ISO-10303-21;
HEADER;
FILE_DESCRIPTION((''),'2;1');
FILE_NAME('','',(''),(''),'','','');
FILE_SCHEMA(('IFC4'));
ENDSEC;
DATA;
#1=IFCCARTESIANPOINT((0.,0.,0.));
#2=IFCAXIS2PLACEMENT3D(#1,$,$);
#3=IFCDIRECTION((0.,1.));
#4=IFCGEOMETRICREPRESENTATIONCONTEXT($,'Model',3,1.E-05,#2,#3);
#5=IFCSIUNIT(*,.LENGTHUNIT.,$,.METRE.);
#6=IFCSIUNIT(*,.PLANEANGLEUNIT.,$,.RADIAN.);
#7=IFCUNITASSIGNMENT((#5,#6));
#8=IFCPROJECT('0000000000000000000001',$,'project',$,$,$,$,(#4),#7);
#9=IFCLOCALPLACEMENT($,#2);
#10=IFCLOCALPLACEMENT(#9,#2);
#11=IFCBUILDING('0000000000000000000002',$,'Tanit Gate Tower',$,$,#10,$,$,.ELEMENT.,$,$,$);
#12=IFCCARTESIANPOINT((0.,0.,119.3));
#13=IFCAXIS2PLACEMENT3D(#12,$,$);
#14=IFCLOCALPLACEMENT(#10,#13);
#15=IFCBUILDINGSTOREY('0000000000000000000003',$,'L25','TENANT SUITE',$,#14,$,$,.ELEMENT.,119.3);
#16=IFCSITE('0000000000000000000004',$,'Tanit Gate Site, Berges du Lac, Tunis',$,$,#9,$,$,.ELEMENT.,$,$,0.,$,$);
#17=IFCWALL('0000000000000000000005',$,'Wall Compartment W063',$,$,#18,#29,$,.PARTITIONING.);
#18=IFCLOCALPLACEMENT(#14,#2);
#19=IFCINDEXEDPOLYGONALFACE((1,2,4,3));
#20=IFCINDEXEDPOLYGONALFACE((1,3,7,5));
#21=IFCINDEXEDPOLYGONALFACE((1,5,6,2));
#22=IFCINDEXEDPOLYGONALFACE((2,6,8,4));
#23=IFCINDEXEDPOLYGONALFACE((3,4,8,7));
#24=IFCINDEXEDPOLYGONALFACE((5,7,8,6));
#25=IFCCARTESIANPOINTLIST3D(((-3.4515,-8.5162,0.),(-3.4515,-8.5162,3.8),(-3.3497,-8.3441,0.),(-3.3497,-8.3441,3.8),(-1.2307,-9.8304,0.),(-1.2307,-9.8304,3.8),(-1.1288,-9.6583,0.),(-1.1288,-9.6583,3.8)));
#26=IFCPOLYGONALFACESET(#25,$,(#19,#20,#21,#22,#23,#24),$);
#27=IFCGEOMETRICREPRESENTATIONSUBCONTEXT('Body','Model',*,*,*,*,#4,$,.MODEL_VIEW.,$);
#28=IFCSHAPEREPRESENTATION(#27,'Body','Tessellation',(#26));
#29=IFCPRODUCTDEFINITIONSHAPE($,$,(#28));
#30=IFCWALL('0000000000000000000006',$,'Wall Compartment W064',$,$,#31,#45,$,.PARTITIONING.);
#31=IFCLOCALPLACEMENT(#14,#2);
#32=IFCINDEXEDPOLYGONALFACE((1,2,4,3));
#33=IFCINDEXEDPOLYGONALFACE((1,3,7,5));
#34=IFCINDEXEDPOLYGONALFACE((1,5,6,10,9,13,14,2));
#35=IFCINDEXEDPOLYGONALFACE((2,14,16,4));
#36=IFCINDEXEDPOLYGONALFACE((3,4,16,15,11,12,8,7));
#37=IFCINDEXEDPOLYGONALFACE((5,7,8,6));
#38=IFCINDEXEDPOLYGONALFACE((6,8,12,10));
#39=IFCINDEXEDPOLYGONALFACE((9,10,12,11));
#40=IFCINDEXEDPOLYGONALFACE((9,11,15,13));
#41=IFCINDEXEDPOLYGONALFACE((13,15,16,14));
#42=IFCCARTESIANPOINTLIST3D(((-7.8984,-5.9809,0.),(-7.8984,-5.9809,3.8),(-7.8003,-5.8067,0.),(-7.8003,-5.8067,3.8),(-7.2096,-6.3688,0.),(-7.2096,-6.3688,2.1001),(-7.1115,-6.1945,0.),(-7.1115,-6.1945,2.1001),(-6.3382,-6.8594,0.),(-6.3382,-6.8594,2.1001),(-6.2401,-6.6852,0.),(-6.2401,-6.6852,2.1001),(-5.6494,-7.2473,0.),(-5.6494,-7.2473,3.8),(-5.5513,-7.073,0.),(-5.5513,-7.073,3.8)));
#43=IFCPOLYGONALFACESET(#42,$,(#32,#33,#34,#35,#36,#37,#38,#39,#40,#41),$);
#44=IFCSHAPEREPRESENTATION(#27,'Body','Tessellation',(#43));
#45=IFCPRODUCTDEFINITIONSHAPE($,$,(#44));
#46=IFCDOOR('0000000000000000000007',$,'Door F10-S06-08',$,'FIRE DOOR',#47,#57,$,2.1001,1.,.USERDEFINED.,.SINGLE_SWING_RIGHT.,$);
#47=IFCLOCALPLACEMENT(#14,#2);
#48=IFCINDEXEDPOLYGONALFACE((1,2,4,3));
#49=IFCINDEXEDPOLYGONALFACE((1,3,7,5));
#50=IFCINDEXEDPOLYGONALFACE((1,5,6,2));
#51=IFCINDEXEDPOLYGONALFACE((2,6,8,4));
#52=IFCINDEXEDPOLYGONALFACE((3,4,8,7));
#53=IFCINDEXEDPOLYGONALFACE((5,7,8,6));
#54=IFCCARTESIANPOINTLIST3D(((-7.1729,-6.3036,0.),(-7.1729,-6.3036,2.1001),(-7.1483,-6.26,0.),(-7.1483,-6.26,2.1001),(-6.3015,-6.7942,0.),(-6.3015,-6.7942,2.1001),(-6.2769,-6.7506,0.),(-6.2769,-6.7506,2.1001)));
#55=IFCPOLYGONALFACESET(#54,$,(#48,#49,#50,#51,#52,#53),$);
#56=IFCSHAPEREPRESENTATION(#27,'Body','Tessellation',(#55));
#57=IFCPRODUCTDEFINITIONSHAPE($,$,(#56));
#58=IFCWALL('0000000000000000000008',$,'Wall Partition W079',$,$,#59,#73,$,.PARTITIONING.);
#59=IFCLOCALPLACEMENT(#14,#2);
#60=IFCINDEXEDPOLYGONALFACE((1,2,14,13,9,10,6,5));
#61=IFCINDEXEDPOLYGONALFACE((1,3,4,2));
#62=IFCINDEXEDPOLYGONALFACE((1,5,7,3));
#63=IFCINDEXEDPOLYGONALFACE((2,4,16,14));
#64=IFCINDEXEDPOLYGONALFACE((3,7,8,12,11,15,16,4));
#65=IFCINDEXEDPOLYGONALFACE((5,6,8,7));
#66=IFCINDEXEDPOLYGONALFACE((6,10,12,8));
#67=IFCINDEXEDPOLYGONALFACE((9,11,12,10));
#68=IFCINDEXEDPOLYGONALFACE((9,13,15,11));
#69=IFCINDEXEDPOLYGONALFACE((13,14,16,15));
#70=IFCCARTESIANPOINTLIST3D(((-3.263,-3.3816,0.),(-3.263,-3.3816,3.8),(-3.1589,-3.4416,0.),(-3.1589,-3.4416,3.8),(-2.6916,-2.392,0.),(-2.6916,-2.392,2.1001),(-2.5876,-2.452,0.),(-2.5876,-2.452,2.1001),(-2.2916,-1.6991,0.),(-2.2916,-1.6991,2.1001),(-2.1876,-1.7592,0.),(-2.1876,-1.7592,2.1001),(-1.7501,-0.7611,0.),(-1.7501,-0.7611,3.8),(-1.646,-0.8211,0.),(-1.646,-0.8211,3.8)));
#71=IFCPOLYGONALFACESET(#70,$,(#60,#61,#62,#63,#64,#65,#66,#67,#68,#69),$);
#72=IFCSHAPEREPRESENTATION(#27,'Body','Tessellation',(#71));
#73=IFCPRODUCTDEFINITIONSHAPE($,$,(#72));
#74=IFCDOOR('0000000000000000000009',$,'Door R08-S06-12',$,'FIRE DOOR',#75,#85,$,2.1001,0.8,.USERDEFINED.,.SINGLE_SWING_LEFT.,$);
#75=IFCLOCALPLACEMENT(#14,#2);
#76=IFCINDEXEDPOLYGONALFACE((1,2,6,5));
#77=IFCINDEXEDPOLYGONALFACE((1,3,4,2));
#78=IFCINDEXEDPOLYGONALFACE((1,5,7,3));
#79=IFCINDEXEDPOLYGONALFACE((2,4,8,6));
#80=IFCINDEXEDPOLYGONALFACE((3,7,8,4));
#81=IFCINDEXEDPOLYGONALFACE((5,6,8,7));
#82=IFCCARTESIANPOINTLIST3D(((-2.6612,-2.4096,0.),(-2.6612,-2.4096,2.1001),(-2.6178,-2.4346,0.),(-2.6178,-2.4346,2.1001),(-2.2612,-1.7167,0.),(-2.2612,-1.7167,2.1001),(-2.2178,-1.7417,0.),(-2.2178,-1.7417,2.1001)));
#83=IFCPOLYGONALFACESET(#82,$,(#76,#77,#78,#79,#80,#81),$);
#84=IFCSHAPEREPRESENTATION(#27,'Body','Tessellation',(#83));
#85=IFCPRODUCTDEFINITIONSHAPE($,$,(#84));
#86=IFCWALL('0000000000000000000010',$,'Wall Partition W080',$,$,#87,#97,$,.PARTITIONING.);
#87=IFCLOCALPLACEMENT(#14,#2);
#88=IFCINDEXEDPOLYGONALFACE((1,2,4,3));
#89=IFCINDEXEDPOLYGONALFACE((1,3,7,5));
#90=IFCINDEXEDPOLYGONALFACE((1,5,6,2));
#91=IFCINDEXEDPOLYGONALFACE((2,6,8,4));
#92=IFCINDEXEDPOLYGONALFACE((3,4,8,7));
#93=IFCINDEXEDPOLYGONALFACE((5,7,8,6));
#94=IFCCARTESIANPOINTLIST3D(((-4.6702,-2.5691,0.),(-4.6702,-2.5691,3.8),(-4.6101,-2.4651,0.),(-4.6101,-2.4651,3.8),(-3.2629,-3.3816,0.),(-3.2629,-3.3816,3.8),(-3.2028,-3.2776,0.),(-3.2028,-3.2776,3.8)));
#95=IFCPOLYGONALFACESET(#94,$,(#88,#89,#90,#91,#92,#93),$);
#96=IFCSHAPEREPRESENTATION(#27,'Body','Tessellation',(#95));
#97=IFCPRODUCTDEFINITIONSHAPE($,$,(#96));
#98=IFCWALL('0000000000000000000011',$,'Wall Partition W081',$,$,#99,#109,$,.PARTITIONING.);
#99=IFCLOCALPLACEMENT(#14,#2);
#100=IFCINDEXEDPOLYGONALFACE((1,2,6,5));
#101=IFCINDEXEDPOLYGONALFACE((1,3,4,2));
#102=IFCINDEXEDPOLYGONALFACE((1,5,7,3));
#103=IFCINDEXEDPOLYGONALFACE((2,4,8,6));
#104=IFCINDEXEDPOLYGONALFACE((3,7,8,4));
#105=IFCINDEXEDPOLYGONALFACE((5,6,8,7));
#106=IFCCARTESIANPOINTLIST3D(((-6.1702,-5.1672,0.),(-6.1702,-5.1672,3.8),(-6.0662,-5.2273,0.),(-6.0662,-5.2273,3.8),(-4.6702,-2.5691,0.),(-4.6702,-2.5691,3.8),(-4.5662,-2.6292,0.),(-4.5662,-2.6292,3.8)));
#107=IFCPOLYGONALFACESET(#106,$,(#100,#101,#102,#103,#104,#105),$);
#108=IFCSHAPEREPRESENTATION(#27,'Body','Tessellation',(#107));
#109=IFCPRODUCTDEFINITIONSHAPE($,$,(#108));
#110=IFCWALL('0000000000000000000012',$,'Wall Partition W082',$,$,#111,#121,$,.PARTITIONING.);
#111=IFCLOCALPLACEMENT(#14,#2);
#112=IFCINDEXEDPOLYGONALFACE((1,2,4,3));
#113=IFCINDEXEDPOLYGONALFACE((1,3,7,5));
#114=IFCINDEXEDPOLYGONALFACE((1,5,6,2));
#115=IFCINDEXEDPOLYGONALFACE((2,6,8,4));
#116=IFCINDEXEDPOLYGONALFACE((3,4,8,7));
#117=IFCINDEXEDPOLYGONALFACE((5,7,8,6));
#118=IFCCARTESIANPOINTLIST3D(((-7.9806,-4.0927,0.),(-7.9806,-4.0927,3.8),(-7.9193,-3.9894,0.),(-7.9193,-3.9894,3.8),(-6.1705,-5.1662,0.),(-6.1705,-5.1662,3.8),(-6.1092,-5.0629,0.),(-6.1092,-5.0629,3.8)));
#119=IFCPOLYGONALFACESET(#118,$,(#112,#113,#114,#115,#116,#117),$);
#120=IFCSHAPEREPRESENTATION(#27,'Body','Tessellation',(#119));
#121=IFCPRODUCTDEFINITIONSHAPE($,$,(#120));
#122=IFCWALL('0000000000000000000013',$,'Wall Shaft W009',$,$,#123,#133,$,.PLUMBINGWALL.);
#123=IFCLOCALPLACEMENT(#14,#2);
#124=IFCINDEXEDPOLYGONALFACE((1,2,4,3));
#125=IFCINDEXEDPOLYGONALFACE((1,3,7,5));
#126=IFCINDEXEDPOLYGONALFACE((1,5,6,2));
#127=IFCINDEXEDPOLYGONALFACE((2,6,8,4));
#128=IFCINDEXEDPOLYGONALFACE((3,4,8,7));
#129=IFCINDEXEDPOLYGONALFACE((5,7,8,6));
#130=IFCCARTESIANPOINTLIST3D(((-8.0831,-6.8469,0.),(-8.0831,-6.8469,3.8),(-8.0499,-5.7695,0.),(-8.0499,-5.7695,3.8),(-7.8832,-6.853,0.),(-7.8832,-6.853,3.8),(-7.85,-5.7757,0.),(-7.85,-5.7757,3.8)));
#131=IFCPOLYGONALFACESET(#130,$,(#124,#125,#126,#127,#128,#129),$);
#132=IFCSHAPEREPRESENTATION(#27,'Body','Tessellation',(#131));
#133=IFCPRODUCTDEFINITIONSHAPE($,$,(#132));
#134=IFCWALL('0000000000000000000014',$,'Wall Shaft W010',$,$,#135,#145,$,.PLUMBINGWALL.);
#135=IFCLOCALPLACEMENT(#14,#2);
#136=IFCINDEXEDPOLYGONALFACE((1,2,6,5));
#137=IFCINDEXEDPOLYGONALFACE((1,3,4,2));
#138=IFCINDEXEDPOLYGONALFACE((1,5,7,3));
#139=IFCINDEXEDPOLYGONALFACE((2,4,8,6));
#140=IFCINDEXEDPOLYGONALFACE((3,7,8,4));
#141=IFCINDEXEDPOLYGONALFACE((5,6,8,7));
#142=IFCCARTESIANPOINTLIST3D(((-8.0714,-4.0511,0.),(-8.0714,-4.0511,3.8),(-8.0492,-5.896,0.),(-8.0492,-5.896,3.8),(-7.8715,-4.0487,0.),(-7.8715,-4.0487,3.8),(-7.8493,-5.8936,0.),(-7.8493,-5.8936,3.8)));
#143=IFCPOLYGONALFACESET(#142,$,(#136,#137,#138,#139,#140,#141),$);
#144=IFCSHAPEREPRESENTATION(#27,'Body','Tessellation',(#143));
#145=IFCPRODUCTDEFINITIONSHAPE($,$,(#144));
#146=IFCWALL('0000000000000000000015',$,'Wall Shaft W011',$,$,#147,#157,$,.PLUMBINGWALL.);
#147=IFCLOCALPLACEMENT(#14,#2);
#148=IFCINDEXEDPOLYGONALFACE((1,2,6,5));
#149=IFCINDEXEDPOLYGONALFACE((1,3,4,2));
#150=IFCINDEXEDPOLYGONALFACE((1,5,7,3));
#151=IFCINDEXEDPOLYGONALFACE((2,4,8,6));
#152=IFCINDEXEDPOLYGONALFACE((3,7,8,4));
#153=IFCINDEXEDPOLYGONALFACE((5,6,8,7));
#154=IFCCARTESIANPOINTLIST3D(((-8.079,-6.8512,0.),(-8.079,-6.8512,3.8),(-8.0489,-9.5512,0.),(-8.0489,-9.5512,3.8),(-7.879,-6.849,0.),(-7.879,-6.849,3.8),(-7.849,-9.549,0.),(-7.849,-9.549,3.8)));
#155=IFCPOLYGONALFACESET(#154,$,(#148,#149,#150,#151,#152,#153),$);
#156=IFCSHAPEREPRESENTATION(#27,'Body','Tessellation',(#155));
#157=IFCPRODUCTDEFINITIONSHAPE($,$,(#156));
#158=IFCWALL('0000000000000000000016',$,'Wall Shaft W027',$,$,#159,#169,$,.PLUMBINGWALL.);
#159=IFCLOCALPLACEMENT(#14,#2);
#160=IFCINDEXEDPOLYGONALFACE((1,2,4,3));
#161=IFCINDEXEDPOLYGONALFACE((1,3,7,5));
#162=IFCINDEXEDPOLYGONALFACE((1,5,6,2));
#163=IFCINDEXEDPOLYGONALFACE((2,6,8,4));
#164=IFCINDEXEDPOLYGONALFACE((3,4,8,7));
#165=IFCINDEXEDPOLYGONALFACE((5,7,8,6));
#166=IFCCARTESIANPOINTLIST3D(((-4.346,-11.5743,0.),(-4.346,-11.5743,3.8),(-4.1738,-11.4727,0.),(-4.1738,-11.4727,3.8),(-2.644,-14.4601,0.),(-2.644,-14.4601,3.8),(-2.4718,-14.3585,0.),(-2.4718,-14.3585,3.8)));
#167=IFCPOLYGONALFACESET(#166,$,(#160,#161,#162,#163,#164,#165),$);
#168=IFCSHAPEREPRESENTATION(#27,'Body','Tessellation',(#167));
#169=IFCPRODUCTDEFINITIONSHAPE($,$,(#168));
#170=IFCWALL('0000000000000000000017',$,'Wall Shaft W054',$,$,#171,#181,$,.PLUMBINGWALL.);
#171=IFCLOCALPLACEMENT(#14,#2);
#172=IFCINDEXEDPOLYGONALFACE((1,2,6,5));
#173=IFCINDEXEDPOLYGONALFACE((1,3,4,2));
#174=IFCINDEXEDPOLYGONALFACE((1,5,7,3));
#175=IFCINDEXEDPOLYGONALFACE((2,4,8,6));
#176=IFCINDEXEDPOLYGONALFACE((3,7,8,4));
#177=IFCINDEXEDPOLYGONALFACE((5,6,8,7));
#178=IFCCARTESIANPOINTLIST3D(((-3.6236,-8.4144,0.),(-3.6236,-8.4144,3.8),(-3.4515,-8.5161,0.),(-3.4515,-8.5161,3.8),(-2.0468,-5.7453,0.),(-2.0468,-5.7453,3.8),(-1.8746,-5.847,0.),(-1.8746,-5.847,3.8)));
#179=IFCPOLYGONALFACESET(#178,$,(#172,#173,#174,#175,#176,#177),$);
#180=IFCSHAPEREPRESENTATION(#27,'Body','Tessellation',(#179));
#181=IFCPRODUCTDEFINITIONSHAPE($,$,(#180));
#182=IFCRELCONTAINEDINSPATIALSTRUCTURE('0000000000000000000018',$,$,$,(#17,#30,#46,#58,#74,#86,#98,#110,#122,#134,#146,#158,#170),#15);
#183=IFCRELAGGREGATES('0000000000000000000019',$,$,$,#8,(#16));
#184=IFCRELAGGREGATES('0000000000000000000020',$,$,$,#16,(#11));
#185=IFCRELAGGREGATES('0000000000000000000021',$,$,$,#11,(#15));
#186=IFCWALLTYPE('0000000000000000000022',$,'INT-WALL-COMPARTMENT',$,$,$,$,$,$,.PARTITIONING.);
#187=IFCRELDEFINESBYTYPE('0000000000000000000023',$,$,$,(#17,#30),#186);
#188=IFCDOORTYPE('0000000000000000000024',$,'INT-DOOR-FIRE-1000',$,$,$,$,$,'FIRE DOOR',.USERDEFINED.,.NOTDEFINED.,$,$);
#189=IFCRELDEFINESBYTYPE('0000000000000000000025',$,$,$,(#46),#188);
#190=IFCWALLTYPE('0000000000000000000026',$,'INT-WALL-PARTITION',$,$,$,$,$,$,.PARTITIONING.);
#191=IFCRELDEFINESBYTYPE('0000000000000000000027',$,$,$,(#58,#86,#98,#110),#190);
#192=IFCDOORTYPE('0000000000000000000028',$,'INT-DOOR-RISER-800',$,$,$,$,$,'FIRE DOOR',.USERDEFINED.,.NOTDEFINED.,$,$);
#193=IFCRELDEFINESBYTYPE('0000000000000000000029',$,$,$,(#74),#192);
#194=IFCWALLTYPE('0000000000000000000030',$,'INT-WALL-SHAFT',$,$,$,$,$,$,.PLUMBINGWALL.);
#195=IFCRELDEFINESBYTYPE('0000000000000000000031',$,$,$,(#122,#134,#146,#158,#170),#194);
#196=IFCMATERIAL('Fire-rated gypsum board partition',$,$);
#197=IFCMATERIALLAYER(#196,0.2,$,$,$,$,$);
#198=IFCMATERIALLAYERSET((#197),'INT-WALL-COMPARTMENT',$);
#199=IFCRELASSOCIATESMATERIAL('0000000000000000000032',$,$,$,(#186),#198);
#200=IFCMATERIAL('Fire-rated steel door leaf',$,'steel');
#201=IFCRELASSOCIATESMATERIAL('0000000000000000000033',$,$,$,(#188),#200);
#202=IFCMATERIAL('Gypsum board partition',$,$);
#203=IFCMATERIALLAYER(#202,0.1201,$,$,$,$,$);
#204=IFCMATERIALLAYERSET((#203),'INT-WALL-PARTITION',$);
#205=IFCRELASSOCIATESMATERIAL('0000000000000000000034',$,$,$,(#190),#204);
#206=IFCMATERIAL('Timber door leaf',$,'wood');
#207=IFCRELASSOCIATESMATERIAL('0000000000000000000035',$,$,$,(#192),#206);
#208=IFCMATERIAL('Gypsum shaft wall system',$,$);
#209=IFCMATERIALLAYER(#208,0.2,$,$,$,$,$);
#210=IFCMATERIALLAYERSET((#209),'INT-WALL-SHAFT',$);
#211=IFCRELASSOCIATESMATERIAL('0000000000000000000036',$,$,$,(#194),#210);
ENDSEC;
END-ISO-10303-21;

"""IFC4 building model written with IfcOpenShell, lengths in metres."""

from ifc_helpers import new_model, si_unit, direction, frame, frame_2d, origin, place, context, subcontext, project, spatial, rectangle, extrude, material, layer, layer_set, type_object, element, fill, save


model = new_model("IFC4")

# Units and contexts
model_context = context("Model", 3, precision=1e-05, world=origin(), true_north=direction((0.0, 1.0)))
body_context = subcontext(model_context, "Body", "Model", "MODEL_VIEW")
ifc_project = project(units=[si_unit("LENGTHUNIT", "METRE"), si_unit("PLANEANGLEUNIT", "RADIAN")], contexts=[model_context])

# Site, building, storey
site_placement = place(None, origin())
site = spatial("IfcSite", under=ifc_project, at=site_placement, Name="Tanit Gate Site, Berges du Lac, Tunis", CompositionType="ELEMENT", RefElevation=0.0)
building_placement = place(site_placement, origin())
building = spatial("IfcBuilding", under=site, at=building_placement, Name="Tanit Gate Tower", CompositionType="ELEMENT")
storey_placement = place(building_placement, frame((0.0, 0.0, 119.3)))
storey = spatial("IfcBuildingStorey", under=building, at=storey_placement, Name="L25", Description="TENANT SUITE", CompositionType="ELEMENT", Elevation=119.3)

# Wall
ifc_material_1 = material(Name="Fire-rated gypsum board partition")
ifc_layer_1 = layer(ifc_material_1, 0.2)
ifc_layer_set_1 = layer_set([ifc_layer_1], Name="INT-WALL-COMPARTMENT")
wall_type_1 = type_object("IfcWallType", Name="INT-WALL-COMPARTMENT", PredefinedType="PARTITIONING", material=ifc_layer_set_1)
wall_1_placement = place(storey_placement, frame((-3.4006, -8.4302, 0.0), z_axis=(0.0, 0.0, 1.0), x_axis=(0.860616, -0.509255, 0.0)))
element("IfcWall", 1, at=wall_1_placement, inside=storey, type_object=wall_type_1, Name="Wall Compartment W063", PredefinedType="PARTITIONING", context=body_context, shape_type="SweptSolid", body=[
    extrude(rectangle(XDim=2.5806, YDim=0.2, at=frame_2d((1.2903, 0.0))), origin(), (0.0, 0.0, 1.0), 3.8),
])

# Walls, openings, doors
wall_2_placement = place(storey_placement, frame((-7.8494, -5.8938, 0.0), z_axis=(0.0, 0.0, 1.0), x_axis=(0.871363, -0.490638, 0.0)))
wall_2 = element("IfcWall", 2, at=wall_2_placement, inside=storey, type_object=wall_type_1, Name="Wall Compartment W064", PredefinedType="PARTITIONING", context=body_context, shape_type="SweptSolid", body=[
    extrude(rectangle(XDim=2.5811, YDim=0.2, at=frame_2d((1.2905, 0.0))), origin(), (0.0, 0.0, 1.0), 3.8),
])
opening_1_placement = place(wall_2_placement, frame((0.7905, 0.0, 0.0)))
opening_1 = element("IfcOpeningElement", 3, at=opening_1_placement, cuts=wall_2, PredefinedType="OPENING", context=body_context, shape_type="SweptSolid", body=[
    extrude(rectangle(XDim=1.0, YDim=2.1001, at=frame_2d((0.5, 1.05))), frame((0.0, 0.1099, 0.0), z_axis=(0.0, -1.0, 0.0), x_axis=(1.0, 0.0, 0.0)), (0.0, 0.0, 1.0), 0.22),
])
ifc_material_2 = material(Name="Fire-rated steel door leaf", Category="steel")
door_type_1 = type_object("IfcDoorType", Name="INT-DOOR-FIRE-1000", ElementType="FIRE DOOR", OperationType="NOTDEFINED", PredefinedType="USERDEFINED", material=ifc_material_2)
door_1_placement = place(opening_1_placement, origin())
door_1 = element("IfcDoor", 4, at=door_1_placement, inside=storey, type_object=door_type_1, Name="Door F10-S06-08", ObjectType="FIRE DOOR", OperationType="SINGLE_SWING_RIGHT", OverallHeight=2.1001, OverallWidth=1.0, PredefinedType="USERDEFINED", context=body_context, shape_type="SweptSolid", body=[
    extrude(rectangle(XDim=1.0, YDim=2.1001, at=frame_2d((0.5, 1.05))), frame((0.0, 0.0249, 0.0), z_axis=(0.0, -1.0, 0.0), x_axis=(1.0, 0.0, 0.0)), (0.0, 0.0, 1.0), 0.05),
])
fill(opening_1, door_1)
ifc_material_3 = material(Name="Gypsum board partition")
ifc_layer_2 = layer(ifc_material_3, 0.1201)
ifc_layer_set_2 = layer_set([ifc_layer_2], Name="INT-WALL-PARTITION")
wall_type_2 = type_object("IfcWallType", Name="INT-WALL-PARTITION", PredefinedType="PARTITIONING", material=ifc_layer_set_2)
wall_3_placement = place(storey_placement, frame((-3.2109, -3.4116, 0.0), z_axis=(0.0, 0.0, 1.0), x_axis=(0.499983, 0.866035, 0.0)))
wall_3 = element("IfcWall", 5, at=wall_3_placement, inside=storey, type_object=wall_type_2, Name="Wall Partition W079", PredefinedType="PARTITIONING", context=body_context, shape_type="SweptSolid", body=[
    extrude(rectangle(XDim=3.0259, YDim=0.1201, at=frame_2d((1.5129, 0.0))), origin(), (0.0, 0.0, 1.0), 3.8),
])
opening_2_placement = place(wall_3_placement, frame((1.1428, 0.0, 0.0)))
opening_2 = element("IfcOpeningElement", 6, at=opening_2_placement, cuts=wall_3, PredefinedType="OPENING", context=body_context, shape_type="SweptSolid", body=[
    extrude(rectangle(XDim=0.8, YDim=2.1001, at=frame_2d((0.3999, 1.05))), frame((0.0, 0.0701, 0.0), z_axis=(0.0, -1.0, 0.0), x_axis=(1.0, 0.0, 0.0)), (0.0, 0.0, 1.0), 0.1401),
])
ifc_material_4 = material(Name="Timber door leaf", Category="wood")
door_type_2 = type_object("IfcDoorType", Name="INT-DOOR-RISER-800", ElementType="FIRE DOOR", OperationType="NOTDEFINED", PredefinedType="USERDEFINED", material=ifc_material_4)
door_2_placement = place(opening_2_placement, origin())
door_2 = element("IfcDoor", 7, at=door_2_placement, inside=storey, type_object=door_type_2, Name="Door R08-S06-12", ObjectType="FIRE DOOR", OperationType="SINGLE_SWING_LEFT", OverallHeight=2.1001, OverallWidth=0.8, PredefinedType="USERDEFINED", context=body_context, shape_type="SweptSolid", body=[
    extrude(rectangle(XDim=0.8, YDim=2.1001, at=frame_2d((0.3999, 1.05))), frame((0.0, 0.0249, 0.0), z_axis=(0.0, -1.0, 0.0), x_axis=(1.0, 0.0, 0.0)), (0.0, 0.0, 1.0), 0.05),
])
fill(opening_2, door_2)

# Walls
wall_4_placement = place(storey_placement, frame((-4.6401, -2.5171, 0.0), z_axis=(0.0, 0.0, 1.0), x_axis=(0.866015, -0.500017, 0.0)))
element("IfcWall", 8, at=wall_4_placement, inside=storey, type_object=wall_type_2, Name="Wall Partition W080", PredefinedType="PARTITIONING", context=body_context, shape_type="SweptSolid", body=[
    extrude(rectangle(XDim=1.625, YDim=0.1201, at=frame_2d((0.8125, 0.0))), origin(), (0.0, 0.0, 1.0), 3.8),
])
wall_5_placement = place(storey_placement, frame((-6.1182, -5.1973, 0.0), z_axis=(0.0, 0.0, 1.0), x_axis=(0.49999, 0.866031, 0.0)))
element("IfcWall", 9, at=wall_5_placement, inside=storey, type_object=wall_type_2, Name="Wall Partition W081", PredefinedType="PARTITIONING", context=body_context, shape_type="SweptSolid", body=[
    extrude(rectangle(XDim=3.0, YDim=0.1201, at=frame_2d((1.5, 0.0))), origin(), (0.0, 0.0, 1.0), 3.8),
])
wall_6_placement = place(storey_placement, frame((-7.95, -4.041, 0.0), z_axis=(0.0, 0.0, 1.0), x_axis=(0.860112, -0.510104, 0.0)))
element("IfcWall", 10, at=wall_6_placement, inside=storey, type_object=wall_type_2, Name="Wall Partition W082", PredefinedType="PARTITIONING", context=body_context, shape_type="SweptSolid", body=[
    extrude(rectangle(XDim=2.1045, YDim=0.1201, at=frame_2d((1.0522, 0.0))), origin(), (0.0, 0.0, 1.0), 3.8),
])
ifc_material_5 = material(Name="Gypsum shaft wall system")
ifc_layer_3 = layer(ifc_material_5, 0.2)
ifc_layer_set_3 = layer_set([ifc_layer_3], Name="INT-WALL-SHAFT")
wall_type_3 = type_object("IfcWallType", Name="INT-WALL-SHAFT", PredefinedType="PLUMBINGWALL", material=ifc_layer_set_3)
wall_7_placement = place(storey_placement, frame((-7.95, -5.7725, 0.0), z_axis=(0.0, 0.0, 1.0), x_axis=(-0.030803, -0.999525, 0.0)))
element("IfcWall", 11, at=wall_7_placement, inside=storey, type_object=wall_type_3, Name="Wall Shaft W009", PredefinedType="PLUMBINGWALL", context=body_context, shape_type="SweptSolid", body=[
    extrude(rectangle(XDim=1.0779, YDim=0.2, at=frame_2d((0.5391, 0.0))), origin(), (0.0, 0.0, 1.0), 3.8),
])
wall_8_placement = place(storey_placement, frame((-7.9714, -4.05, 0.0), z_axis=(0.0, 0.0, 1.0), x_axis=(0.012043, -0.999927, 0.0)))
element("IfcWall", 12, at=wall_8_placement, inside=storey, type_object=wall_type_3, Name="Wall Shaft W010", PredefinedType="PLUMBINGWALL", context=body_context, shape_type="SweptSolid", body=[
    extrude(rectangle(XDim=1.845, YDim=0.2, at=frame_2d((0.9224, 0.0))), origin(), (0.0, 0.0, 1.0), 3.8),
])
wall_9_placement = place(storey_placement, frame((-7.979, -6.8501, 0.0), z_axis=(0.0, 0.0, 1.0), x_axis=(0.011121, -0.999938, 0.0)))
element("IfcWall", 13, at=wall_9_placement, inside=storey, type_object=wall_type_3, Name="Wall Shaft W011", PredefinedType="PLUMBINGWALL", context=body_context, shape_type="SweptSolid", body=[
    extrude(rectangle(XDim=2.7002, YDim=0.2, at=frame_2d((1.3501, 0.0))), origin(), (0.0, 0.0, 1.0), 3.8),
])
wall_10_placement = place(storey_placement, frame((-2.5579, -14.4094, 0.0), z_axis=(0.0, 0.0, 1.0), x_axis=(-0.507997, 0.861359, 0.0)))
element("IfcWall", 14, at=wall_10_placement, inside=storey, type_object=wall_type_3, Name="Wall Shaft W027", PredefinedType="PLUMBINGWALL", context=body_context, shape_type="SweptSolid", body=[
    extrude(rectangle(XDim=3.3503, YDim=0.2, at=frame_2d((1.6753, 0.0))), origin(), (0.0, 0.0, 1.0), 3.8),
])

# Wall
wall_11_placement = place(storey_placement, frame((-1.9607, -5.7961, 0.0), z_axis=(0.0, 0.0, 1.0), x_axis=(-0.508647, -0.860975, 0.0)))
element("IfcWall", 15, at=wall_11_placement, inside=storey, type_object=wall_type_3, Name="Wall Shaft W054", PredefinedType="PLUMBINGWALL", context=body_context, shape_type="SweptSolid", body=[
    extrude(rectangle(XDim=3.1001, YDim=0.2, at=frame_2d((1.55, 0.0))), origin(), (0.0, 0.0, 1.0), 3.8),
])

save(model, "model.ifc")
